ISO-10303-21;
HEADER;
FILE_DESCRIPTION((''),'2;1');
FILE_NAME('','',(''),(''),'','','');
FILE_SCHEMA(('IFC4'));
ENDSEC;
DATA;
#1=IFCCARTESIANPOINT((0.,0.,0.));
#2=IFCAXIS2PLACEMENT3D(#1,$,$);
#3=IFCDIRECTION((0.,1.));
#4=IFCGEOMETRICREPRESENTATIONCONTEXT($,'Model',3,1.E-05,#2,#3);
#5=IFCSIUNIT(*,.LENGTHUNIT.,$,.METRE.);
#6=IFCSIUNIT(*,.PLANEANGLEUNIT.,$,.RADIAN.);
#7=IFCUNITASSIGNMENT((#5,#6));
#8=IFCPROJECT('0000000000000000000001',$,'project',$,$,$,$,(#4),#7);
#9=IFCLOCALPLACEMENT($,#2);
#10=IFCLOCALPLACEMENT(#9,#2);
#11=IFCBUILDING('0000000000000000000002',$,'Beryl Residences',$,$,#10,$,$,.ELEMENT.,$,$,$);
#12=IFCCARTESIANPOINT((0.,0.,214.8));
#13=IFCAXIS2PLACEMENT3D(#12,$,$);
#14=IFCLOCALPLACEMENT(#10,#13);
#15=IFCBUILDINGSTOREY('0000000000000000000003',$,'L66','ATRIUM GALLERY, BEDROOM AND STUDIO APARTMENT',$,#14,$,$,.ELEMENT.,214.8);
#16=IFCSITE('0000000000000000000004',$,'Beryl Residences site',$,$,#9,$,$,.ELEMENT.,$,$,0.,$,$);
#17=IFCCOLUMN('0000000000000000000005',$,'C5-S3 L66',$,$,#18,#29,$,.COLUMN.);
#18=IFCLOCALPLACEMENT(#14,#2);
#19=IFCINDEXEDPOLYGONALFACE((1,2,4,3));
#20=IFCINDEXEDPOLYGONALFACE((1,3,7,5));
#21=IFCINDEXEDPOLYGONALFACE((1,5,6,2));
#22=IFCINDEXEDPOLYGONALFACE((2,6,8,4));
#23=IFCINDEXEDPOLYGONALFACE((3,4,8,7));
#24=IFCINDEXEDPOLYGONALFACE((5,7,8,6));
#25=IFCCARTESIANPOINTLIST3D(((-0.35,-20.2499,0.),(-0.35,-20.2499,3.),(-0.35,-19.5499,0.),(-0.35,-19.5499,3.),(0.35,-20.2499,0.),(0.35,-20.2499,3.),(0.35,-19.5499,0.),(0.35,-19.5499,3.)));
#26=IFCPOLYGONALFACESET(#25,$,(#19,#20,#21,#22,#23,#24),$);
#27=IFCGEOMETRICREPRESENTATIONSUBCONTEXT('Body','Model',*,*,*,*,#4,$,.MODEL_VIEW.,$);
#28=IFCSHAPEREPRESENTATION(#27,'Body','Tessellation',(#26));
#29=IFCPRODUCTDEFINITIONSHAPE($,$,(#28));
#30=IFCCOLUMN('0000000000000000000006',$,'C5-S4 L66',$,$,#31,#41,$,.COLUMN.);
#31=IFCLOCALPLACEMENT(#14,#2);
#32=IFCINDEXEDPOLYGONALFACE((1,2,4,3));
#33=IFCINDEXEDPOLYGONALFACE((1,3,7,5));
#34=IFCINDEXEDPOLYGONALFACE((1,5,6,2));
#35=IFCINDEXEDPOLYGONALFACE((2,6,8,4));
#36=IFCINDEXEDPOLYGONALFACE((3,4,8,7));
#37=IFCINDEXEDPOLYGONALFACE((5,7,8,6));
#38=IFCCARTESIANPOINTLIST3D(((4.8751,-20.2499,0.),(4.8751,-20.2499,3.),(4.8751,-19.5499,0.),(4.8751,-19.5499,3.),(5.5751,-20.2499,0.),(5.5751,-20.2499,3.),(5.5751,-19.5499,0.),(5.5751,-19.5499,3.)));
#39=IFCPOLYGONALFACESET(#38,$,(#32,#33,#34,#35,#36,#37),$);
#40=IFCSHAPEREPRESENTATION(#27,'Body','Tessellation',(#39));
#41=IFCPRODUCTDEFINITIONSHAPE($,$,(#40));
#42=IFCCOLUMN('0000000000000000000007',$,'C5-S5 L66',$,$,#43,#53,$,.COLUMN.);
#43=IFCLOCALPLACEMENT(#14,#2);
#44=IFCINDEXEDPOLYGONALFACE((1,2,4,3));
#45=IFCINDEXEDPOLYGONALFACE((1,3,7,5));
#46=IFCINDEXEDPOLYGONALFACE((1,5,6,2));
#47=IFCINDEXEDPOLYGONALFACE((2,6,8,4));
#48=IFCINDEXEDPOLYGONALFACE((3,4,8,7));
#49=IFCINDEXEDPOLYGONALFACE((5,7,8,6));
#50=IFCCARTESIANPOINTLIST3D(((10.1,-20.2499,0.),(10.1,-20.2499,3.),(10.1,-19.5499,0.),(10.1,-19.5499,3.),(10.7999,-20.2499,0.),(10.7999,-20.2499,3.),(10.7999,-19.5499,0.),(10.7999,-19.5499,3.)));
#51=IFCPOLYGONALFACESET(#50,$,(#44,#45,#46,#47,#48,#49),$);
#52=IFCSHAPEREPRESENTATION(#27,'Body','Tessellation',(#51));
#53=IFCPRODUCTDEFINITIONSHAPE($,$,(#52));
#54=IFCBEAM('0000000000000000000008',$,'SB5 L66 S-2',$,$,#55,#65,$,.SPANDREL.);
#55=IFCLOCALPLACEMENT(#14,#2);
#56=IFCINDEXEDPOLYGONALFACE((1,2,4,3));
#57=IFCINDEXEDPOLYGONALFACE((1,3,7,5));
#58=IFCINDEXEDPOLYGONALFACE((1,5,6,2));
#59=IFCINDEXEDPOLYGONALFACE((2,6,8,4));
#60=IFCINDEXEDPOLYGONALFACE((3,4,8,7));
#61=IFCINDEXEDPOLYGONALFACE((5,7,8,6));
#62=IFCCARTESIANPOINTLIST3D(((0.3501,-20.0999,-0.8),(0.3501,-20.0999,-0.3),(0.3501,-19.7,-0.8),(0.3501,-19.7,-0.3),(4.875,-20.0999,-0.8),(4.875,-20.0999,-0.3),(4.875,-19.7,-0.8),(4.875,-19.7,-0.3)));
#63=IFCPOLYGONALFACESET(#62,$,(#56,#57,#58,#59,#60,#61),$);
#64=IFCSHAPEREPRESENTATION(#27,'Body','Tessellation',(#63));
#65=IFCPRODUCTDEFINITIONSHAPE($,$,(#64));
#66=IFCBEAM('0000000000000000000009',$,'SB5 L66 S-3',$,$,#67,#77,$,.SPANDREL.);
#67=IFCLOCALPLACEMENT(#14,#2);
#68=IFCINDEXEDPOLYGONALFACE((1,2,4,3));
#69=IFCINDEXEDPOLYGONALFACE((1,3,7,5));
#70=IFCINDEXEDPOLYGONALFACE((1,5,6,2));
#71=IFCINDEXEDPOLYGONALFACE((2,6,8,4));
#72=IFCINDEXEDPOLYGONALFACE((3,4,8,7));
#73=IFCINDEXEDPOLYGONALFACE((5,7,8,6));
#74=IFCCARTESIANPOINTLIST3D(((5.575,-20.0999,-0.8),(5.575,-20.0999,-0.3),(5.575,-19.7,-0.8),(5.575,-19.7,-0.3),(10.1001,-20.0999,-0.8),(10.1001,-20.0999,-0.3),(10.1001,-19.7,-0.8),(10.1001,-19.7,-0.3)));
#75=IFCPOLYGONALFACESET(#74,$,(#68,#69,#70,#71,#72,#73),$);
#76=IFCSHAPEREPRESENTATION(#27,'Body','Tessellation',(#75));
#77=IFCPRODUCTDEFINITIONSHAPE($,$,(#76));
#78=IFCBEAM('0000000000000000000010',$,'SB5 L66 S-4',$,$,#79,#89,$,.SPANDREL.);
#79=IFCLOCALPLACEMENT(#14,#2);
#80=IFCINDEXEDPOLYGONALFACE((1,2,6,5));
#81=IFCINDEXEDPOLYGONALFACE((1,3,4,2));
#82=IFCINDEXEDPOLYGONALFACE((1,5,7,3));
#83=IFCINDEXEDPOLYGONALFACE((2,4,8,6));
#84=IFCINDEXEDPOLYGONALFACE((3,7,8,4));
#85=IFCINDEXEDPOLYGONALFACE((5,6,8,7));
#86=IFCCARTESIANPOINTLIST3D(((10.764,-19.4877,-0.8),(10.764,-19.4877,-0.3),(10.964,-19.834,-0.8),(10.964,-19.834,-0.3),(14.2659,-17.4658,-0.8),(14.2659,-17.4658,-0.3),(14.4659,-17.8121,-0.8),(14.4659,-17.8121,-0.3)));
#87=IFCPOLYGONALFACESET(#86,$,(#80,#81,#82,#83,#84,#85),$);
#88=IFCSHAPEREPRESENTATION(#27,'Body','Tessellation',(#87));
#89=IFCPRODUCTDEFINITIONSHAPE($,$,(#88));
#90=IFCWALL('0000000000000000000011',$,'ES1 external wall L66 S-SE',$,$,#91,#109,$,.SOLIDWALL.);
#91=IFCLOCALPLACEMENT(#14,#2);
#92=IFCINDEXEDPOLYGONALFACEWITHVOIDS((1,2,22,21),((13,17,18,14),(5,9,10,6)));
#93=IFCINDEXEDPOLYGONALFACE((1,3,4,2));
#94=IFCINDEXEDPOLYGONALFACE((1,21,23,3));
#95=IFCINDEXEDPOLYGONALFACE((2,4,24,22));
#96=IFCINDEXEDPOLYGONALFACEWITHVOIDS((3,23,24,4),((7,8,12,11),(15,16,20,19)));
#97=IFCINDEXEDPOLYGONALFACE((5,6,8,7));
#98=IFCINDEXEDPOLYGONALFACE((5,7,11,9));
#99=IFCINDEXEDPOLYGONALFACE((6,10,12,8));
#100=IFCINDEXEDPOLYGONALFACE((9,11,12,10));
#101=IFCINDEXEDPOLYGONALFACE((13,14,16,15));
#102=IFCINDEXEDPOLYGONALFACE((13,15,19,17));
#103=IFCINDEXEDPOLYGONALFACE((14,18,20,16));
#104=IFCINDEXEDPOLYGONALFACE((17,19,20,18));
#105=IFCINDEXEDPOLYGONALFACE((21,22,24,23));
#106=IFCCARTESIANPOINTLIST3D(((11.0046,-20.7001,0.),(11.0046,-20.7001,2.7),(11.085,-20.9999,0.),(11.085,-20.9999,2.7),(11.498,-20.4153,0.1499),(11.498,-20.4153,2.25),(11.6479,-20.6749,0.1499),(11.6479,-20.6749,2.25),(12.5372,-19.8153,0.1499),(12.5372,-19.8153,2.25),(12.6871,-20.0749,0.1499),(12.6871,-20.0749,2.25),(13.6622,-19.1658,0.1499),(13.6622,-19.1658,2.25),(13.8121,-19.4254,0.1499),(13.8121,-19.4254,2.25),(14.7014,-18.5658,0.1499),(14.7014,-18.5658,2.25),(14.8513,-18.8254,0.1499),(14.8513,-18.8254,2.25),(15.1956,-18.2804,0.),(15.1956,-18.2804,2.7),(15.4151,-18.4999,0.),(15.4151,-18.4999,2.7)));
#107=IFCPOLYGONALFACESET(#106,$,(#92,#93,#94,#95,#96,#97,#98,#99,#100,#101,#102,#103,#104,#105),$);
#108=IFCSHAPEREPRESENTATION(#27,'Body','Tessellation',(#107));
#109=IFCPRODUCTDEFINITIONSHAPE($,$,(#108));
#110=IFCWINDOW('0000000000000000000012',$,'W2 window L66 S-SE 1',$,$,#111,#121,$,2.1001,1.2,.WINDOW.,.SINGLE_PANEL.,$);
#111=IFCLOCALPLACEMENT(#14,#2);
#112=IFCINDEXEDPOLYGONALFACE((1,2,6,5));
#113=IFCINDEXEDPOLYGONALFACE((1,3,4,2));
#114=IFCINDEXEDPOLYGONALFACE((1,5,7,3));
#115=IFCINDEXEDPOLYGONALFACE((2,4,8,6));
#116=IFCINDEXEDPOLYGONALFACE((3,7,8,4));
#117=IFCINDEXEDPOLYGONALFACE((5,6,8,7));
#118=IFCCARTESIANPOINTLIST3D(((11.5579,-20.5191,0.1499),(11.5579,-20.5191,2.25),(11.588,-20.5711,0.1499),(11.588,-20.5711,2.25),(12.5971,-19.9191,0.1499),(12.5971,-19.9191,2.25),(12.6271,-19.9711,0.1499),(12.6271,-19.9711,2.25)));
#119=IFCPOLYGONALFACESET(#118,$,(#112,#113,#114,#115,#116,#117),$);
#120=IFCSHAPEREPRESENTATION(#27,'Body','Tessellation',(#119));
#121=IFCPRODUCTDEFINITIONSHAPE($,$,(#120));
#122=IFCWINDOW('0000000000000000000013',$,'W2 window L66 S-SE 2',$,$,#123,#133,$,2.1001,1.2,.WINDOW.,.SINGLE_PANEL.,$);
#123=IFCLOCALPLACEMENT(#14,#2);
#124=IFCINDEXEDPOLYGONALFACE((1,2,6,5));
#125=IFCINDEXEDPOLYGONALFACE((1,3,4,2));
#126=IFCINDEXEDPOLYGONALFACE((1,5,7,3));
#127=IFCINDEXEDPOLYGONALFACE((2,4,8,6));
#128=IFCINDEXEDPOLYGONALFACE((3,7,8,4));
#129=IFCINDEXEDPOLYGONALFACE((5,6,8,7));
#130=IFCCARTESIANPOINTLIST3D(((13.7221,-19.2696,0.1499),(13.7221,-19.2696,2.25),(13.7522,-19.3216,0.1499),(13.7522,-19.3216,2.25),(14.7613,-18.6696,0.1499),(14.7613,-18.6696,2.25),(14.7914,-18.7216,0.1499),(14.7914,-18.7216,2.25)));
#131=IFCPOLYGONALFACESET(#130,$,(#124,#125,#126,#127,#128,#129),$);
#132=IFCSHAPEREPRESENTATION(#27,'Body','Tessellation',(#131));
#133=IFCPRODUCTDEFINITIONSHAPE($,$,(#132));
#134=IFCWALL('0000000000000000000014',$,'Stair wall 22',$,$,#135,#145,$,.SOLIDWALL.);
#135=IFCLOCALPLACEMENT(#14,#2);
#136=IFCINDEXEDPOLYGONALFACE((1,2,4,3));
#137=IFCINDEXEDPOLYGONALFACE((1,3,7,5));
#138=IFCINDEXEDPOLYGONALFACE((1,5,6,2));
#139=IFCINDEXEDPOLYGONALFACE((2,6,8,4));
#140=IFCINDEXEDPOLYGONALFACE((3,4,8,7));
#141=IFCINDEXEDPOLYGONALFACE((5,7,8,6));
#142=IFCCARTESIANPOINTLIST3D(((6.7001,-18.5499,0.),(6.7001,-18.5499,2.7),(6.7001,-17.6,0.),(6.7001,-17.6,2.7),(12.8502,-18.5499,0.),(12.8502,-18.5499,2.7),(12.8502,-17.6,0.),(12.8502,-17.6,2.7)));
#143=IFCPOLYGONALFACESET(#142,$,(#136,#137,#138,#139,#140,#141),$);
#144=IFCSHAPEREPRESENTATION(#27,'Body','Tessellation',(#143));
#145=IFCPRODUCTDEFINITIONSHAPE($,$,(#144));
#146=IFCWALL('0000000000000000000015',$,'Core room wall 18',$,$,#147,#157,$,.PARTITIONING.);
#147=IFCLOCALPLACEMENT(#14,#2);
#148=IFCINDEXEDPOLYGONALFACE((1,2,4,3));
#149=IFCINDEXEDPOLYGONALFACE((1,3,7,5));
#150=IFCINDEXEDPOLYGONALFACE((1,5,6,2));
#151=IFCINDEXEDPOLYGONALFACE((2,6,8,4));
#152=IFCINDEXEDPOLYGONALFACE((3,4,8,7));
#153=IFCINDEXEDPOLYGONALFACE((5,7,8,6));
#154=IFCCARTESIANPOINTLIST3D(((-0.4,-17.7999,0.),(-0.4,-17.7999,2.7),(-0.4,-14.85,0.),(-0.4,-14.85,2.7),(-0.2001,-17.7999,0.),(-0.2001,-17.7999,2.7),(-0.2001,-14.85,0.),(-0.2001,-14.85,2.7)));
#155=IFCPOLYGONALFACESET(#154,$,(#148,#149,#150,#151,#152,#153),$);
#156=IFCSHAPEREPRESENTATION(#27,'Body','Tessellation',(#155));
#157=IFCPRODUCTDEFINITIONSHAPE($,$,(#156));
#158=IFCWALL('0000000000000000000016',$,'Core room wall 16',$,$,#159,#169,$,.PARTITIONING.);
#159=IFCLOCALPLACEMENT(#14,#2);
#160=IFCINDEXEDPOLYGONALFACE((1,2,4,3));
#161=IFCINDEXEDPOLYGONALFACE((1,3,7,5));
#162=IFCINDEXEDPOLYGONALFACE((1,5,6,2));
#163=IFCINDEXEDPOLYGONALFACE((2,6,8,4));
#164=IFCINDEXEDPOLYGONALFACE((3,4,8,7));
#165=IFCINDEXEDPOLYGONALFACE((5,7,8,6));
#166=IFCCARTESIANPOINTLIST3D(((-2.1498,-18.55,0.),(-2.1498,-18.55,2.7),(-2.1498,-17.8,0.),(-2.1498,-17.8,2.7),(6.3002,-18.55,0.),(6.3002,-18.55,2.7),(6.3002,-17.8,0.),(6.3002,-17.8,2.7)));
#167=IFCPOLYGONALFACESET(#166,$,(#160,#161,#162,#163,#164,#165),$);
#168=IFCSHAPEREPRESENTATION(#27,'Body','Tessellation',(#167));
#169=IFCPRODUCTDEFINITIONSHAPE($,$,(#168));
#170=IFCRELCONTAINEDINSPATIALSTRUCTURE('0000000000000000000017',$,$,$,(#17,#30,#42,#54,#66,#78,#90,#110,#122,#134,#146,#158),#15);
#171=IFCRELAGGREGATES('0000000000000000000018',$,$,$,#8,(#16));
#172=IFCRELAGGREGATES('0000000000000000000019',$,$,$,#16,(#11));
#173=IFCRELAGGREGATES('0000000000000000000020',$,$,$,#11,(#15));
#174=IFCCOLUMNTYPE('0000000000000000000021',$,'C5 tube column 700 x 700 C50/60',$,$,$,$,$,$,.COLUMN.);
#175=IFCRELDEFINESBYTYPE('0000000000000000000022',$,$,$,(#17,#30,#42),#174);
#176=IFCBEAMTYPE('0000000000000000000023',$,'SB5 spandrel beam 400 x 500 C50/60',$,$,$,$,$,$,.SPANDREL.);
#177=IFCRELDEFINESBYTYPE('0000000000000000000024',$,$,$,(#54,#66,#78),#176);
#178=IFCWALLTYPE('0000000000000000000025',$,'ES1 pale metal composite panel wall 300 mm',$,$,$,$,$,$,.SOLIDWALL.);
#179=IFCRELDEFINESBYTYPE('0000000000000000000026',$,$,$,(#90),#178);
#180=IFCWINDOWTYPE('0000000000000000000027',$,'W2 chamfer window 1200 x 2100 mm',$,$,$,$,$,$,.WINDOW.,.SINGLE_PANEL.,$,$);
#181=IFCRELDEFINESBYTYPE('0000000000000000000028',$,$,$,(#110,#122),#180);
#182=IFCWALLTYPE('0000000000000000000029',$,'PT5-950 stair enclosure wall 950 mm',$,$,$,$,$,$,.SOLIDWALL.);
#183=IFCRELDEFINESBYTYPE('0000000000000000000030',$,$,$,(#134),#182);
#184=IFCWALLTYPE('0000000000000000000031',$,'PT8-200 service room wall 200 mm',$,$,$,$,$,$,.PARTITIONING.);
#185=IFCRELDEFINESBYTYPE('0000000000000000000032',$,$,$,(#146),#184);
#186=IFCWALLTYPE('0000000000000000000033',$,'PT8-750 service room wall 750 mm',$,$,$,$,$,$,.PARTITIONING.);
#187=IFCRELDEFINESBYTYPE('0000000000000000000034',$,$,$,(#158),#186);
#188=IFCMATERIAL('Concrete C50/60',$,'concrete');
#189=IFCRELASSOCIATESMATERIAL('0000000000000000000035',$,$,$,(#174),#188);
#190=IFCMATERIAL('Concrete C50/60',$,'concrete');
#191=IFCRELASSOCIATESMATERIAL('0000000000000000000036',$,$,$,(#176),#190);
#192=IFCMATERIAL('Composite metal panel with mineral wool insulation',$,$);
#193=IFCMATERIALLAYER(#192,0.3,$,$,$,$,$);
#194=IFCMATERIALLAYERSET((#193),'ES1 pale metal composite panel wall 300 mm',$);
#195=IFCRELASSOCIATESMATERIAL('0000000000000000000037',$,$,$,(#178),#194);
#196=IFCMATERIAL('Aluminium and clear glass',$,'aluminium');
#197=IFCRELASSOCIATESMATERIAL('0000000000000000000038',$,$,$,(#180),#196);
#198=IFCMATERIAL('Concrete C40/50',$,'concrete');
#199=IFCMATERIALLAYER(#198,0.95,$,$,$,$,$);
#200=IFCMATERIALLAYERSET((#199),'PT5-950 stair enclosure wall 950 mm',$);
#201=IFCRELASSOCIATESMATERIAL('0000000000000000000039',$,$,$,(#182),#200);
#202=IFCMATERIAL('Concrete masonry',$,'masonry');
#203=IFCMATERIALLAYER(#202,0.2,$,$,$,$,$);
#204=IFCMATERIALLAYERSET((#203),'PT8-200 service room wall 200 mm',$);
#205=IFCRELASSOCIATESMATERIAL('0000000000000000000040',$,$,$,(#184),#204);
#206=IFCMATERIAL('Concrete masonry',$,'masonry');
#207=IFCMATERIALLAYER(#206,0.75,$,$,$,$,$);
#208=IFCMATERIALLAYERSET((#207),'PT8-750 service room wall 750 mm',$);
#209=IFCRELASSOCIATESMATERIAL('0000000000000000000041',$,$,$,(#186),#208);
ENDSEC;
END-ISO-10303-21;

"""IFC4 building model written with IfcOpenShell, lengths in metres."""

from ifc_helpers import new_model, si_unit, direction, frame, frame_2d, origin, origin_2d, place, context, subcontext, project, spatial, polyline, rectangle, outline, extrude, material, layer, layer_set, material_profile, profile_set, type_object, element, fill, save


model = new_model("IFC4")

# Units and contexts
model_context = context("Model", 3, precision=1e-05, world=origin(), true_north=direction((0.0, 1.0)))
body_context = subcontext(model_context, "Body", "Model", "MODEL_VIEW")
ifc_project = project(units=[si_unit("LENGTHUNIT", "METRE"), si_unit("PLANEANGLEUNIT", "RADIAN")], contexts=[model_context])

# Site, building, storey
site_placement = place(None, origin())
site = spatial("IfcSite", under=ifc_project, at=site_placement, Name="Beryl Residences site", CompositionType="ELEMENT", RefElevation=0.0)
building_placement = place(site_placement, origin())
building = spatial("IfcBuilding", under=site, at=building_placement, Name="Beryl Residences", CompositionType="ELEMENT")
storey_placement = place(building_placement, frame((0.0, 0.0, 214.8)))
storey = spatial("IfcBuildingStorey", under=building, at=storey_placement, Name="L66", Description="ATRIUM GALLERY, BEDROOM AND STUDIO APARTMENT", CompositionType="ELEMENT", Elevation=214.8)

# Columns
ifc_material_1 = material(Name="Concrete C50/60", Category="concrete")
ifc_material_profile_1 = material_profile(ifc_material_1, rectangle(XDim=0.7, YDim=0.7, at=origin_2d()))
ifc_profile_set_1 = profile_set([ifc_material_profile_1], Name="Concrete C50/60")
column_type = type_object("IfcColumnType", Name="C5 tube column 700 x 700 C50/60", PredefinedType="COLUMN", material=ifc_profile_set_1)
for number, where, z_axis, x_axis, name in (
    (1, (0.0, -19.8999, 0.0), (0.0, 0.0, 1.0), (1.0, 0.0, 0.0), "C5-S3 L66"),
    (2, (5.2251, -19.8999, 0.0), (0.0, 0.0, 1.0), (1.0, 0.0, 0.0), "C5-S4 L66"),
    (3, (10.45, -19.8999, 0.0), (0.0, 0.0, 1.0), (1.0, 0.0, 0.0), "C5-S5 L66"),
):
    element("IfcColumn", number, at=place(storey_placement, frame(where, z_axis=z_axis, x_axis=x_axis)), inside=storey, type_object=column_type, Name=name, PredefinedType="COLUMN", context=body_context, shape_type="SweptSolid", body=[
        extrude(rectangle(XDim=0.7, YDim=0.7, at=origin_2d()), origin(), (0.0, 0.0, 1.0), 3.0),
    ])

# Beams
ifc_material_2 = material(Name="Concrete C50/60", Category="concrete")
ifc_material_profile_2 = material_profile(ifc_material_2, rectangle(XDim=0.3999, YDim=0.5, at=origin_2d()))
ifc_profile_set_2 = profile_set([ifc_material_profile_2], Name="Concrete C50/60")
beam_type = type_object("IfcBeamType", Name="SB5 spandrel beam 400 x 500 C50/60", PredefinedType="SPANDREL", material=ifc_profile_set_2)
beam_1_placement = place(storey_placement, frame((0.3501, -19.8999, -0.55), z_axis=(1.0, 0.0, 0.0), x_axis=(0.0, 1.0, 0.0)))
element("IfcBeam", 4, at=beam_1_placement, inside=storey, type_object=beam_type, Name="SB5 L66 S-2", PredefinedType="SPANDREL", context=body_context, shape_type="SweptSolid", body=[
    extrude(rectangle(XDim=0.3999, YDim=0.5, at=origin_2d()), origin(), (0.0, 0.0, 1.0), 4.5249),
])
beam_2_placement = place(storey_placement, frame((5.575, -19.8999, -0.55), z_axis=(1.0, 0.0, 0.0), x_axis=(0.0, 1.0, 0.0)))
element("IfcBeam", 5, at=beam_2_placement, inside=storey, type_object=beam_type, Name="SB5 L66 S-3", PredefinedType="SPANDREL", context=body_context, shape_type="SweptSolid", body=[
    extrude(rectangle(XDim=0.3999, YDim=0.5, at=origin_2d()), origin(), (0.0, 0.0, 1.0), 4.5251),
])
beam_3_placement = place(storey_placement, frame((10.864, -19.6609, -0.55), z_axis=(0.866013, 0.500022, 0.0), x_axis=(-0.500022, 0.866013, 0.0)))
element("IfcBeam", 6, at=beam_3_placement, inside=storey, type_object=beam_type, Name="SB5 L66 S-4", PredefinedType="SPANDREL", context=body_context, shape_type="SweptSolid", body=[
    extrude(rectangle(XDim=0.3999, YDim=0.5, at=origin_2d()), origin(), (0.0, 0.0, 1.0), 4.0437),
])

# Wall, openings, windows
ifc_material_3 = material(Name="Composite metal panel with mineral wool insulation")
ifc_layer_1 = layer(ifc_material_3, 0.3)
ifc_layer_set_1 = layer_set([ifc_layer_1], Name="ES1 pale metal composite panel wall 300 mm")
wall_type_1 = type_object("IfcWallType", Name="ES1 pale metal composite panel wall 300 mm", PredefinedType="SOLIDWALL", material=ifc_layer_set_1)
wall_1_placement = place(storey_placement, frame((11.01, -20.8701, 0.0), z_axis=(0.0, 0.0, 1.0), x_axis=(0.866023, 0.500004, 0.0)))
wall_1 = element("IfcWall", 7, at=wall_1_placement, inside=storey, type_object=wall_type_1, Name="ES1 external wall L66 S-SE", PredefinedType="SOLIDWALL", context=body_context, shape_type="SweptSolid", body=[
    extrude(outline(polyline([(0.0, -0.1499), (5.0, -0.1499), (4.9197, 0.1499), (0.0803, 0.1499), (0.0, -0.1499)])), origin(), (0.0, 0.0, 1.0), 2.7),
])
opening_1_placement = place(wall_1_placement, frame((0.6499, 0.0, 0.1499)))
opening_1 = element("IfcOpeningElement", 8, at=opening_1_placement, cuts=wall_1, PredefinedType="OPENING", context=body_context, shape_type="SweptSolid", body=[
    extrude(rectangle(XDim=1.2, YDim=2.1001, at=frame_2d((0.6001, 1.05))), frame((0.0, 0.1599, 0.0), z_axis=(0.0, -1.0, 0.0), x_axis=(1.0, 0.0, 0.0)), (0.0, 0.0, 1.0), 0.3201),
])
opening_2_placement = place(wall_1_placement, frame((3.1489, 0.0, 0.1499)))
opening_2 = element("IfcOpeningElement", 9, at=opening_2_placement, cuts=wall_1, PredefinedType="OPENING", context=body_context, shape_type="SweptSolid", body=[
    extrude(rectangle(XDim=1.2, YDim=2.1001, at=frame_2d((0.6001, 1.05))), frame((0.0, 0.1599, 0.0), z_axis=(0.0, -1.0, 0.0), x_axis=(1.0, 0.0, 0.0)), (0.0, 0.0, 1.0), 0.3201),
])
ifc_material_4 = material(Name="Aluminium and clear glass", Category="aluminium")
window_type = type_object("IfcWindowType", Name="W2 chamfer window 1200 x 2100 mm", PartitioningType="SINGLE_PANEL", PredefinedType="WINDOW", material=ifc_material_4)
window_1_placement = place(opening_1_placement, origin())
window_1 = element("IfcWindow", 10, at=window_1_placement, inside=storey, type_object=window_type, Name="W2 window L66 S-SE 1", OverallHeight=2.1001, OverallWidth=1.2, PartitioningType="SINGLE_PANEL", PredefinedType="WINDOW", context=body_context, shape_type="SweptSolid", body=[
    extrude(rectangle(XDim=1.2, YDim=2.1001, at=frame_2d((0.6001, 1.05))), frame((0.0, 0.03, 0.0), z_axis=(0.0, -1.0, 0.0), x_axis=(1.0, 0.0, 0.0)), (0.0, 0.0, 1.0), 0.0601),
])
fill(opening_1, window_1)
window_2_placement = place(opening_2_placement, origin())
window_2 = element("IfcWindow", 11, at=window_2_placement, inside=storey, type_object=window_type, Name="W2 window L66 S-SE 2", OverallHeight=2.1001, OverallWidth=1.2, PartitioningType="SINGLE_PANEL", PredefinedType="WINDOW", context=body_context, shape_type="SweptSolid", body=[
    extrude(rectangle(XDim=1.2, YDim=2.1001, at=frame_2d((0.6001, 1.05))), frame((0.0, 0.03, 0.0), z_axis=(0.0, -1.0, 0.0), x_axis=(1.0, 0.0, 0.0)), (0.0, 0.0, 1.0), 0.0601),
])
fill(opening_2, window_2)

# Walls
ifc_material_5 = material(Name="Concrete C40/50", Category="concrete")
ifc_layer_2 = layer(ifc_material_5, 0.95)
ifc_layer_set_2 = layer_set([ifc_layer_2], Name="PT5-950 stair enclosure wall 950 mm")
wall_type_2 = type_object("IfcWallType", Name="PT5-950 stair enclosure wall 950 mm", PredefinedType="SOLIDWALL", material=ifc_layer_set_2)
wall_2_placement = place(storey_placement, frame((6.7, -18.075, 0.0), z_axis=(0.0, 0.0, 1.0), x_axis=(1.0, 0.0, 0.0)))
element("IfcWall", 12, at=wall_2_placement, inside=storey, type_object=wall_type_2, Name="Stair wall 22", PredefinedType="SOLIDWALL", context=body_context, shape_type="SweptSolid", body=[
    extrude(rectangle(XDim=6.1501, YDim=0.95, at=frame_2d((3.0752, 0.0))), origin(), (0.0, 0.0, 1.0), 2.7),
])
ifc_material_6 = material(Name="Concrete masonry", Category="masonry")
ifc_layer_3 = layer(ifc_material_6, 0.2)
ifc_layer_set_3 = layer_set([ifc_layer_3], Name="PT8-200 service room wall 200 mm")
wall_type_3 = type_object("IfcWallType", Name="PT8-200 service room wall 200 mm", PredefinedType="PARTITIONING", material=ifc_layer_set_3)
wall_3_placement = place(storey_placement, frame((-0.3, -17.8, 0.0), z_axis=(0.0, 0.0, 1.0), x_axis=(0.0, 1.0, 0.0)))
element("IfcWall", 13, at=wall_3_placement, inside=storey, type_object=wall_type_3, Name="Core room wall 18", PredefinedType="PARTITIONING", context=body_context, shape_type="SweptSolid", body=[
    extrude(rectangle(XDim=2.95, YDim=0.2, at=frame_2d((1.4751, 0.0))), origin(), (0.0, 0.0, 1.0), 2.7),
])
ifc_material_7 = material(Name="Concrete masonry", Category="masonry")
ifc_layer_4 = layer(ifc_material_7, 0.75)
ifc_layer_set_4 = layer_set([ifc_layer_4], Name="PT8-750 service room wall 750 mm")
wall_type_4 = type_object("IfcWallType", Name="PT8-750 service room wall 750 mm", PredefinedType="PARTITIONING", material=ifc_layer_set_4)
wall_4_placement = place(storey_placement, frame((-2.1499, -18.175, 0.0), z_axis=(0.0, 0.0, 1.0), x_axis=(1.0, 0.0, 0.0)))
element("IfcWall", 14, at=wall_4_placement, inside=storey, type_object=wall_type_4, Name="Core room wall 16", PredefinedType="PARTITIONING", context=body_context, shape_type="SweptSolid", body=[
    extrude(rectangle(XDim=8.45, YDim=0.75, at=frame_2d((4.2251, 0.0))), origin(), (0.0, 0.0, 1.0), 2.7),
])

save(model, "model.ifc")
